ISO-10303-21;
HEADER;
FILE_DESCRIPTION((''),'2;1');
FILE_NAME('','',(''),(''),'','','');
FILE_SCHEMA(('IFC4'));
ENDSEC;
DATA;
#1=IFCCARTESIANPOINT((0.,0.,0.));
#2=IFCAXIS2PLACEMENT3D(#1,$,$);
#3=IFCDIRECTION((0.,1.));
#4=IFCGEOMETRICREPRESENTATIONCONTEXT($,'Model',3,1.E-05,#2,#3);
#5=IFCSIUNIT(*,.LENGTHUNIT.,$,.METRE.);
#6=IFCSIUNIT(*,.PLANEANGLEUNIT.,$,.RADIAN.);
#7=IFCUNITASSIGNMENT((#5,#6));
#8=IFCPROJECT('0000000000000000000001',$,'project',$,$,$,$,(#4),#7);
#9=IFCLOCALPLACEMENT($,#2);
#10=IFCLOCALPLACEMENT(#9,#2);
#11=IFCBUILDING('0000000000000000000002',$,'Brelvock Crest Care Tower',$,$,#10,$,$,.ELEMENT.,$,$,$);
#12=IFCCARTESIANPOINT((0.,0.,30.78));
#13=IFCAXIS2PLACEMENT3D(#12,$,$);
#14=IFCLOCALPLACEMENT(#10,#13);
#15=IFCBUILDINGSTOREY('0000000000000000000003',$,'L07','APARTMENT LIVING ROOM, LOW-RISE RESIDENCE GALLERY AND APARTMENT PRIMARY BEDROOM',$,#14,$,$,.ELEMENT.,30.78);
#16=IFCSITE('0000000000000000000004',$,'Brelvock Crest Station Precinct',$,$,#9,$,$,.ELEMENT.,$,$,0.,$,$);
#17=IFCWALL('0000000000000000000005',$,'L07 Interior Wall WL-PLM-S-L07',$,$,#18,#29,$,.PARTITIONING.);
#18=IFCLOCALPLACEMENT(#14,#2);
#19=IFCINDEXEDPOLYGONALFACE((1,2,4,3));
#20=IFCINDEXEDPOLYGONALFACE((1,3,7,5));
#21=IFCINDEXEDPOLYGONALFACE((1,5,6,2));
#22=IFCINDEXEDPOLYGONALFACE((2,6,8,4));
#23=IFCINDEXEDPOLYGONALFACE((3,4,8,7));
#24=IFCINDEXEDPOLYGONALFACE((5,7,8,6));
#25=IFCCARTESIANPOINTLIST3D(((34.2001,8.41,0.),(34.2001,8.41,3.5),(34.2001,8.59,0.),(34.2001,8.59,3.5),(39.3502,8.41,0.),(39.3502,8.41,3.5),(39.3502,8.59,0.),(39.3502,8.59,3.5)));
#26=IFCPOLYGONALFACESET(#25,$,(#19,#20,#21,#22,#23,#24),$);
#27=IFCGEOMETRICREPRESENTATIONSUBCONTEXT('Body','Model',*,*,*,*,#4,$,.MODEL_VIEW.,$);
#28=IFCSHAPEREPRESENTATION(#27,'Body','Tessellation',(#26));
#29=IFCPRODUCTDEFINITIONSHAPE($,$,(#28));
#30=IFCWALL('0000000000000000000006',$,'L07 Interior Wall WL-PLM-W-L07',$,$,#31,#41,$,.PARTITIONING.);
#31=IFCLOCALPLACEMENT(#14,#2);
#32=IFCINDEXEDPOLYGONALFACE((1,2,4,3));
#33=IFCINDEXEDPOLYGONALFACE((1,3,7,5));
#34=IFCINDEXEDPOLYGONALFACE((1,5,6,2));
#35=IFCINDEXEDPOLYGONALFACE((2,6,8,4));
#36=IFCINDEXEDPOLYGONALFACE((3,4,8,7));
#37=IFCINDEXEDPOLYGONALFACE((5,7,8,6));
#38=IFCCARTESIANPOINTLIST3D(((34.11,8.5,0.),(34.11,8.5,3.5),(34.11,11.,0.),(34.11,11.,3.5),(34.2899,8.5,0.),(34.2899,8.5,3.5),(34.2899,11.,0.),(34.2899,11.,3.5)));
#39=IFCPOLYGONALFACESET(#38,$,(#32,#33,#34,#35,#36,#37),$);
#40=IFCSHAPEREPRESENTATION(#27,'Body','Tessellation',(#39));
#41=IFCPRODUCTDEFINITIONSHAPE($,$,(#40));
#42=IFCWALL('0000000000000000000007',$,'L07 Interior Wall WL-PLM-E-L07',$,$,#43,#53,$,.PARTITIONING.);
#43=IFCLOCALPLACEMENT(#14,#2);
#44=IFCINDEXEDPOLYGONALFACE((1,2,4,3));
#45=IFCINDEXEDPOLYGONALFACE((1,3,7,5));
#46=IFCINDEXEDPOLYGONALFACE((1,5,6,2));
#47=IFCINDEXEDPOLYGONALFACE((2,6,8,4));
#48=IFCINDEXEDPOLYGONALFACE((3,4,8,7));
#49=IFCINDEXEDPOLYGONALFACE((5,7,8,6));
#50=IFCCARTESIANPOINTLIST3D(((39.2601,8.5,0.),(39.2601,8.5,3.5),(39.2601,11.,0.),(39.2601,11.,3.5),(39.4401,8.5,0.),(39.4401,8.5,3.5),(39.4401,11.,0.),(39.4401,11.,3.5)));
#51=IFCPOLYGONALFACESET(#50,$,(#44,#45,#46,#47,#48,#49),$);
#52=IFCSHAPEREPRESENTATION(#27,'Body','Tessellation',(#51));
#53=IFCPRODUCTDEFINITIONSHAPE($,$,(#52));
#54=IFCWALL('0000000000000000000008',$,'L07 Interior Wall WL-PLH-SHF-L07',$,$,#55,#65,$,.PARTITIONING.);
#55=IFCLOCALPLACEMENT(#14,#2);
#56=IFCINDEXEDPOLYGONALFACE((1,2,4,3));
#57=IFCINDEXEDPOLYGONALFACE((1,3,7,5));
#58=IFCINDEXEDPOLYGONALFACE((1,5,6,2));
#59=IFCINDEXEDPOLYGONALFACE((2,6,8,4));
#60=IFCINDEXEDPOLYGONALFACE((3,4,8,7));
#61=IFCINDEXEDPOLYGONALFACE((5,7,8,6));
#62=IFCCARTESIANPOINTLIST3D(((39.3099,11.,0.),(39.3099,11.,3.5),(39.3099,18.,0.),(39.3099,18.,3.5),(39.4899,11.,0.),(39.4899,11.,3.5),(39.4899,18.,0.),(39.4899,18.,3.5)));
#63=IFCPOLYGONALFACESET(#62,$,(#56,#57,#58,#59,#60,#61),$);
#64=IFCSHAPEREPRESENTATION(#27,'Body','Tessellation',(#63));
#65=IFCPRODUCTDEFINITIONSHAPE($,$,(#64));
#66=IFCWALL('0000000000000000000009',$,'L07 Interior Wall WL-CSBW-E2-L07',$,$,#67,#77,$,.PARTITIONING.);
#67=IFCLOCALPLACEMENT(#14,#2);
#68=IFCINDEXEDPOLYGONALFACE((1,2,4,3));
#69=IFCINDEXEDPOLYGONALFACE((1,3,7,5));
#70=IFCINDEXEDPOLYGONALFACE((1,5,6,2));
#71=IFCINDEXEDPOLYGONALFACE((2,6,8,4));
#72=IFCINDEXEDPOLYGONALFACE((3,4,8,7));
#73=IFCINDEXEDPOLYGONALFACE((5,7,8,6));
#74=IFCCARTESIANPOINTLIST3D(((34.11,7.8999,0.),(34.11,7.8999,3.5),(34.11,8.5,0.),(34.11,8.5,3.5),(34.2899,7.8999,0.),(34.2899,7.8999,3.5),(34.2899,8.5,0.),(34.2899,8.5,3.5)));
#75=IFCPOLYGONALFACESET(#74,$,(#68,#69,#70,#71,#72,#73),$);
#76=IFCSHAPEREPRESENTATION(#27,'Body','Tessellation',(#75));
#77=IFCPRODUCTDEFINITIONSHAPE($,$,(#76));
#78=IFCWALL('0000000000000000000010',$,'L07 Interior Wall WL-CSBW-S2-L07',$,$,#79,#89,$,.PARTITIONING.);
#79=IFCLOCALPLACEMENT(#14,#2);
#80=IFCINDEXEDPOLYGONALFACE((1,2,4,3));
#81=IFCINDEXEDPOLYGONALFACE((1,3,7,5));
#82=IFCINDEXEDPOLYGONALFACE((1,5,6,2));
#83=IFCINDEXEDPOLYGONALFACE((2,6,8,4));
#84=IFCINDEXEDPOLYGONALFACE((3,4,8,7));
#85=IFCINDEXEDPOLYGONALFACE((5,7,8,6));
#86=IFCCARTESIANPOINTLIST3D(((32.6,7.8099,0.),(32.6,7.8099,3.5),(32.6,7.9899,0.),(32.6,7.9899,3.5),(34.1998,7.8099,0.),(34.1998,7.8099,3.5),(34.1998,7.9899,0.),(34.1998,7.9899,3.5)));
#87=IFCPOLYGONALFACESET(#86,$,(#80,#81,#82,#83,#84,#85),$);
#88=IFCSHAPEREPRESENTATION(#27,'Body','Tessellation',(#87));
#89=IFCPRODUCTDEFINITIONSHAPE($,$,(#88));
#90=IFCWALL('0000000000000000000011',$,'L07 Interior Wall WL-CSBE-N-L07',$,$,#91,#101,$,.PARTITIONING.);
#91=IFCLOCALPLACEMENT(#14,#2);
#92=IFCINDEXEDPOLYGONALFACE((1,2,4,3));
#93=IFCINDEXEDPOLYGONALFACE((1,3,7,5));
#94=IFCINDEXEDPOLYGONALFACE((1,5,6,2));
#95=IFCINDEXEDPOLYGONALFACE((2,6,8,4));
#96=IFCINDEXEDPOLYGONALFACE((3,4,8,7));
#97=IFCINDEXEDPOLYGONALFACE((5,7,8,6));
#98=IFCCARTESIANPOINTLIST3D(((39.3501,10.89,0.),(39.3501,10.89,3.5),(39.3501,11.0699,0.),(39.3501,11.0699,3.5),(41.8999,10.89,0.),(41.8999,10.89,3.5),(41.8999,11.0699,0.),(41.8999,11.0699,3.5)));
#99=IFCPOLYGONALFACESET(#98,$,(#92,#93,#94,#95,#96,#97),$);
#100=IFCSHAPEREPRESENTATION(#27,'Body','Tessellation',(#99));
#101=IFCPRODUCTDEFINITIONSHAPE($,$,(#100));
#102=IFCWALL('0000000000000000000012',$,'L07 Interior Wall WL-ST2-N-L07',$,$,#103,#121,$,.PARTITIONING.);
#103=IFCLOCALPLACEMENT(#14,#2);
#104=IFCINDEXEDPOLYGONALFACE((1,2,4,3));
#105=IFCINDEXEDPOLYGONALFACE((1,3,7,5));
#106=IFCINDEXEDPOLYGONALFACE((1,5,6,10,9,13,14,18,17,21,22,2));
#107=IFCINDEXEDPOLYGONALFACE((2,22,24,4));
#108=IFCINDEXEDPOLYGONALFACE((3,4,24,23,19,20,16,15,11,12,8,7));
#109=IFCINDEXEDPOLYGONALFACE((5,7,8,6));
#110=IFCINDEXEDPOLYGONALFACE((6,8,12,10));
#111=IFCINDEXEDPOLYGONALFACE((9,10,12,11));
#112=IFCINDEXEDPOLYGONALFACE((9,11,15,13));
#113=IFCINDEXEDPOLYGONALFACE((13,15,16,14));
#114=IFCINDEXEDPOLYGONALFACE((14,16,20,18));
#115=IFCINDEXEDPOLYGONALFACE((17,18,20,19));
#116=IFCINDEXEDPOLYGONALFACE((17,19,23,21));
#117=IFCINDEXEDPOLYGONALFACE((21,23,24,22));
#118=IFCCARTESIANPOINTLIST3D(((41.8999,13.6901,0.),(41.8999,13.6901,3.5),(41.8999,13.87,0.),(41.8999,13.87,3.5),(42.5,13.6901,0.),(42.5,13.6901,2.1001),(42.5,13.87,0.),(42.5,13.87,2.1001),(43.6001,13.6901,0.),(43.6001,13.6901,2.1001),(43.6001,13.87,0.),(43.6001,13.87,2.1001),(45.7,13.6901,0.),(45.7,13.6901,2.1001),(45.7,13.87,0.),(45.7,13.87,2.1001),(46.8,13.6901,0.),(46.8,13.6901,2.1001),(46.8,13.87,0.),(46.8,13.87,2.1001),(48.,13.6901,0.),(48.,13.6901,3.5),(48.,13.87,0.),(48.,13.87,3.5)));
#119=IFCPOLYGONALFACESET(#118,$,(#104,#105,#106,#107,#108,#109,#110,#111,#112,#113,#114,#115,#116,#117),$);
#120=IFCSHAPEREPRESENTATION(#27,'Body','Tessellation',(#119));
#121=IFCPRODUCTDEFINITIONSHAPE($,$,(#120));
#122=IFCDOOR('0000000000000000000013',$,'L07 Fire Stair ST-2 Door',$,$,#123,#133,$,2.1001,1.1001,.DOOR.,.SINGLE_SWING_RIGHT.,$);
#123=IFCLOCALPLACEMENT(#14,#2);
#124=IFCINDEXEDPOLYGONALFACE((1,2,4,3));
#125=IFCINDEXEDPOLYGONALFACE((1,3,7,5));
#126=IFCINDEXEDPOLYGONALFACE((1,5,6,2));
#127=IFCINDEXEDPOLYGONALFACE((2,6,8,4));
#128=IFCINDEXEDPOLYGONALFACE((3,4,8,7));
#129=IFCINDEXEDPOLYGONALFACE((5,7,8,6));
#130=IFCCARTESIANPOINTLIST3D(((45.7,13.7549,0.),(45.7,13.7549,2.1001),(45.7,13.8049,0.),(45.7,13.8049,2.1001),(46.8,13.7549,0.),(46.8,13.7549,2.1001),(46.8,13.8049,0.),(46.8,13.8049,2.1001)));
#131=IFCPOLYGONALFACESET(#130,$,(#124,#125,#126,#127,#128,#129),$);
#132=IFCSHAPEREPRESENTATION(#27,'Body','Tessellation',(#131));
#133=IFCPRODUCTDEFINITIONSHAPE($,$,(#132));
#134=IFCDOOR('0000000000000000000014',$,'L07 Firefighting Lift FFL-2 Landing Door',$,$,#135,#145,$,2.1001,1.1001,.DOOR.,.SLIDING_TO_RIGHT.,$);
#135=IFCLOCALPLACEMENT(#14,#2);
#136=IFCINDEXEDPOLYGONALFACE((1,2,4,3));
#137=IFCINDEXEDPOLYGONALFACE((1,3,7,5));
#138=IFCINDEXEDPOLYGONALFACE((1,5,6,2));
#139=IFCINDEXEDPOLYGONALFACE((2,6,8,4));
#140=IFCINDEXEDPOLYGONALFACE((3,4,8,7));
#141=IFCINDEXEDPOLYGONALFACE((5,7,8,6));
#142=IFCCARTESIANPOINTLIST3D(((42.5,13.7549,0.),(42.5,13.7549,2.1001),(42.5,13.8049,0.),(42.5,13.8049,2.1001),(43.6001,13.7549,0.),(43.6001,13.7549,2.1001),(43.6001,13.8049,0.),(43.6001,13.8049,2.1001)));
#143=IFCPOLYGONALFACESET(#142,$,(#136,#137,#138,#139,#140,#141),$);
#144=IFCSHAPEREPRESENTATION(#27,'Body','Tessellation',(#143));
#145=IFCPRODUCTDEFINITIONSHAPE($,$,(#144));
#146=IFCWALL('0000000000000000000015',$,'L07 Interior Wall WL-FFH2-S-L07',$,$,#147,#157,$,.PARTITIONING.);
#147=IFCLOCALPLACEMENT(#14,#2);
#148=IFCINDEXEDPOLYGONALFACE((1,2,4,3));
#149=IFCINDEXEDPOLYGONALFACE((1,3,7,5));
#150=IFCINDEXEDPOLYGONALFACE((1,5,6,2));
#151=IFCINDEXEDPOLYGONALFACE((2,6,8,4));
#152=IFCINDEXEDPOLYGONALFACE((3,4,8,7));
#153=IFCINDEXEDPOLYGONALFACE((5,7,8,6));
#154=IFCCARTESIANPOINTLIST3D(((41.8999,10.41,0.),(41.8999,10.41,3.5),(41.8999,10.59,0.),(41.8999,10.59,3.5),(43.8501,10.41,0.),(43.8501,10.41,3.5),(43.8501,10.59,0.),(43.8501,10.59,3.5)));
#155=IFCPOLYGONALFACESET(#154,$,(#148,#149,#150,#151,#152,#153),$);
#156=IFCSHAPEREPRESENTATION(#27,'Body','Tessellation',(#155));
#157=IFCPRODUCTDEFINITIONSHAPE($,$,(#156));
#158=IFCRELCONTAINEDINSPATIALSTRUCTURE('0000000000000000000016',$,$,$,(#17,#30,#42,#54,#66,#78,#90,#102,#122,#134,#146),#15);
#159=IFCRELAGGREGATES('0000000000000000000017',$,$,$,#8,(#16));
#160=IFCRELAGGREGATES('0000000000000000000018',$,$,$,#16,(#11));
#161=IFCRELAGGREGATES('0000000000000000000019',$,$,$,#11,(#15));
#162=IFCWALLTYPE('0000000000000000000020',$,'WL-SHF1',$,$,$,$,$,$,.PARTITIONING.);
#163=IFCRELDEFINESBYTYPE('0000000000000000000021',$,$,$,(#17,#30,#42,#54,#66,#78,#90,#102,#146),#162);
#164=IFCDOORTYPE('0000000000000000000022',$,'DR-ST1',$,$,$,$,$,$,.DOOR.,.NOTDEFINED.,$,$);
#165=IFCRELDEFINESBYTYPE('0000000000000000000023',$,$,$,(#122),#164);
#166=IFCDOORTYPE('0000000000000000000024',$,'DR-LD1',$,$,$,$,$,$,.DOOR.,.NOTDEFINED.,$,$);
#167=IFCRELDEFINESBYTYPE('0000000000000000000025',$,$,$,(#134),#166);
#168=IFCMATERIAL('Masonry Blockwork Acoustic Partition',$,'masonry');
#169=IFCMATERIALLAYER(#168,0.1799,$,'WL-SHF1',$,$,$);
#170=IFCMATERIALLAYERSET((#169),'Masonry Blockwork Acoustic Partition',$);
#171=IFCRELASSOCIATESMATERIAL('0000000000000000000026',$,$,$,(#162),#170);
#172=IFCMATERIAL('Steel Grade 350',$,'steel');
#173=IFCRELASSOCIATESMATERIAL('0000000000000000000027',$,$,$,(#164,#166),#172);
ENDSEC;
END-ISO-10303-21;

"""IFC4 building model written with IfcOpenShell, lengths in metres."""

from ifc_helpers import new_model, si_unit, direction, frame, frame_2d, origin, origin_2d, place, context, subcontext, project, spatial, rectangle, extrude, source, transform, mapped, material, layer, layer_set, type_object, element, fill, save


model = new_model("IFC4")

# Units and contexts
model_context = context("Model", 3, precision=1e-05, world=origin(), true_north=direction((0.0, 1.0)))
body_context = subcontext(model_context, "Body", "Model", "MODEL_VIEW")
ifc_project = project(units=[si_unit("LENGTHUNIT", "METRE"), si_unit("PLANEANGLEUNIT", "RADIAN")], contexts=[model_context])

# Site, building, storey
site_placement = place(None, origin())
site = spatial("IfcSite", under=ifc_project, at=site_placement, Name="Brelvock Crest Station Precinct", CompositionType="ELEMENT", RefElevation=0.0)
building_placement = place(site_placement, origin())
building = spatial("IfcBuilding", under=site, at=building_placement, Name="Brelvock Crest Care Tower", CompositionType="ELEMENT")
storey_placement = place(building_placement, frame((0.0, 0.0, 30.78)))
storey = spatial("IfcBuildingStorey", under=building, at=storey_placement, Name="L07", Description="APARTMENT LIVING ROOM, LOW-RISE RESIDENCE GALLERY AND APARTMENT PRIMARY BEDROOM", CompositionType="ELEMENT", Elevation=30.78)

# Shared definitions
ifc_material_1 = material(Name="Steel Grade 350", Category="steel")

# Shared definitions
ifc_material_2 = material(Name="Masonry Blockwork Acoustic Partition", Category="masonry")

# Walls
ifc_layer_1 = layer(ifc_material_2, 0.1799, Name="WL-SHF1")
ifc_layer_set_1 = layer_set([ifc_layer_1], Name="Masonry Blockwork Acoustic Partition")
wall_type_1 = type_object("IfcWallType", Name="WL-SHF1", PredefinedType="PARTITIONING", material=ifc_layer_set_1)
for number, where, z_axis, x_axis, name in (
    (1, (34.2, 8.5, 0.0), (0.0, 0.0, 1.0), (1.0, 0.0, 0.0), "L07 Interior Wall WL-PLM-S-L07"),
):
    element("IfcWall", number, at=place(storey_placement, frame(where, z_axis=z_axis, x_axis=x_axis)), inside=storey, type_object=wall_type_1, Name=name, PredefinedType="PARTITIONING", context=body_context, shape_type="SweptSolid", body=[
        extrude(rectangle(XDim=5.1501, YDim=0.1799, at=frame_2d((2.5752, 0.0))), origin(), (0.0, 0.0, 1.0), 3.5),
    ])
for number, where, z_axis, x_axis, name in (
    (2, (34.2, 8.5, 0.0), (0.0, 0.0, 1.0), (0.0, 1.0, 0.0), "L07 Interior Wall WL-PLM-W-L07"),
    (3, (39.3501, 8.5, 0.0), (0.0, 0.0, 1.0), (0.0, 1.0, 0.0), "L07 Interior Wall WL-PLM-E-L07"),
):
    element("IfcWall", number, at=place(storey_placement, frame(where, z_axis=z_axis, x_axis=x_axis)), inside=storey, type_object=wall_type_1, Name=name, PredefinedType="PARTITIONING", context=body_context, shape_type="SweptSolid", body=[
        extrude(rectangle(XDim=2.5, YDim=0.1799, at=frame_2d((1.25, 0.0))), origin(), (0.0, 0.0, 1.0), 3.5),
    ])
wall_1_placement = place(storey_placement, frame((39.3999, 11.0, 0.0), z_axis=(0.0, 0.0, 1.0), x_axis=(0.0, 1.0, 0.0)))
element("IfcWall", 4, at=wall_1_placement, inside=storey, type_object=wall_type_1, Name="L07 Interior Wall WL-PLH-SHF-L07", PredefinedType="PARTITIONING", context=body_context, shape_type="SweptSolid", body=[
    extrude(rectangle(XDim=7.0, YDim=0.1799, at=frame_2d((3.5, 0.0))), origin(), (0.0, 0.0, 1.0), 3.5),
])
wall_2_placement = place(storey_placement, frame((34.2, 7.8999, 0.0), z_axis=(0.0, 0.0, 1.0), x_axis=(0.0, 1.0, 0.0)))
element("IfcWall", 5, at=wall_2_placement, inside=storey, type_object=wall_type_1, Name="L07 Interior Wall WL-CSBW-E2-L07", PredefinedType="PARTITIONING", context=body_context, shape_type="SweptSolid", body=[
    extrude(rectangle(XDim=0.6001, YDim=0.1799, at=frame_2d((0.3, 0.0))), origin(), (0.0, 0.0, 1.0), 3.5),
])
wall_3_placement = place(storey_placement, frame((32.6001, 7.8999, 0.0), z_axis=(0.0, 0.0, 1.0), x_axis=(1.0, 0.0, 0.0)))
element("IfcWall", 6, at=wall_3_placement, inside=storey, type_object=wall_type_1, Name="L07 Interior Wall WL-CSBW-S2-L07", PredefinedType="PARTITIONING", context=body_context, shape_type="SweptSolid", body=[
    extrude(rectangle(XDim=1.5999, YDim=0.1799, at=frame_2d((0.7998, 0.0))), origin(), (0.0, 0.0, 1.0), 3.5),
])
wall_4_placement = place(storey_placement, frame((39.3501, 10.98, 0.0), z_axis=(0.0, 0.0, 1.0), x_axis=(1.0, 0.0, 0.0)))
element("IfcWall", 7, at=wall_4_placement, inside=storey, type_object=wall_type_1, Name="L07 Interior Wall WL-CSBE-N-L07", PredefinedType="PARTITIONING", context=body_context, shape_type="SweptSolid", body=[
    extrude(rectangle(XDim=2.5498, YDim=0.1799, at=frame_2d((1.2749, 0.0))), origin(), (0.0, 0.0, 1.0), 3.5),
])

# Wall, openings, doors
wall_5_placement = place(storey_placement, frame((41.8999, 13.78, 0.0), z_axis=(0.0, 0.0, 1.0), x_axis=(1.0, 0.0, 0.0)))
wall_5 = element("IfcWall", 8, at=wall_5_placement, inside=storey, type_object=wall_type_1, Name="L07 Interior Wall WL-ST2-N-L07", PredefinedType="PARTITIONING", context=body_context, shape_type="SweptSolid", body=[
    extrude(rectangle(XDim=6.1001, YDim=0.1799, at=frame_2d((3.05, 0.0))), origin(), (0.0, 0.0, 1.0), 3.5),
])
opening_1_placement = place(wall_5_placement, frame((0.6001, 0.0, 0.0)))
opening_1 = element("IfcOpeningElement", 9, at=opening_1_placement, cuts=wall_5, PredefinedType="OPENING", context=body_context, shape_type="SweptSolid", body=[
    extrude(rectangle(XDim=1.1001, YDim=2.1001, at=origin_2d()), frame((0.55, 0.1001, 1.05), z_axis=(0.0, -1.0, 0.0), x_axis=(1.0, 0.0, 0.0)), (0.0, 0.0, 1.0), 0.2),
])
opening_2_placement = place(wall_5_placement, frame((3.8, 0.0, 0.0)))
opening_2 = element("IfcOpeningElement", 10, at=opening_2_placement, cuts=wall_5, PredefinedType="OPENING", context=body_context, shape_type="SweptSolid", body=[
    extrude(rectangle(XDim=1.1001, YDim=2.1001, at=origin_2d()), frame((0.55, 0.1001, 1.05), z_axis=(0.0, -1.0, 0.0), x_axis=(1.0, 0.0, 0.0)), (0.0, 0.0, 1.0), 0.2),
])
door_type_1 = type_object("IfcDoorType", Name="DR-ST1", OperationType="NOTDEFINED", PredefinedType="DOOR", material=ifc_material_1)
shared_shape_1 = source(origin(), body_context, "Body", "SweptSolid", [
    extrude(rectangle(XDim=1.1001, YDim=2.1001, at=origin_2d()), frame((0.55, 0.0249, 1.05), z_axis=(0.0, -1.0, 0.0), x_axis=(1.0, 0.0, 0.0)), (0.0, 0.0, 1.0), 0.05),
])
door_1_placement = place(opening_2_placement, origin())
door_1 = element("IfcDoor", 11, at=door_1_placement, inside=storey, type_object=door_type_1, Name="L07 Fire Stair ST-2 Door", OperationType="SINGLE_SWING_RIGHT", OverallHeight=2.1001, OverallWidth=1.1001, PredefinedType="DOOR", context=body_context, shape_type="MappedRepresentation", body=[
    mapped(shared_shape_1, transform((0.0, 0.0, 0.0), x_axis=(1.0, 0.0, 0.0), y_axis=(0.0, 1.0, 0.0), z_axis=(0.0, 0.0, 1.0), scale=1.0)),
])
fill(opening_2, door_1)
door_type_2 = type_object("IfcDoorType", Name="DR-LD1", OperationType="NOTDEFINED", PredefinedType="DOOR", material=ifc_material_1)
shared_shape_2 = source(origin(), body_context, "Body", "SweptSolid", [
    extrude(rectangle(XDim=1.1001, YDim=2.1001, at=origin_2d()), frame((0.55, 0.0249, 1.05), z_axis=(0.0, -1.0, 0.0), x_axis=(1.0, 0.0, 0.0)), (0.0, 0.0, 1.0), 0.05),
])
door_2_placement = place(opening_1_placement, origin())
door_2 = element("IfcDoor", 12, at=door_2_placement, inside=storey, type_object=door_type_2, Name="L07 Firefighting Lift FFL-2 Landing Door", OperationType="SLIDING_TO_RIGHT", OverallHeight=2.1001, OverallWidth=1.1001, PredefinedType="DOOR", context=body_context, shape_type="MappedRepresentation", body=[
    mapped(shared_shape_2, transform((0.0, 0.0, 0.0), x_axis=(1.0, 0.0, 0.0), y_axis=(0.0, 1.0, 0.0), z_axis=(0.0, 0.0, 1.0), scale=1.0)),
])
fill(opening_1, door_2)

# Wall
wall_6_placement = place(storey_placement, frame((41.8999, 10.5, 0.0), z_axis=(0.0, 0.0, 1.0), x_axis=(1.0, 0.0, 0.0)))
element("IfcWall", 13, at=wall_6_placement, inside=storey, type_object=wall_type_1, Name="L07 Interior Wall WL-FFH2-S-L07", PredefinedType="PARTITIONING", context=body_context, shape_type="SweptSolid", body=[
    extrude(rectangle(XDim=1.9502, YDim=0.1799, at=frame_2d((0.9751, 0.0))), origin(), (0.0, 0.0, 1.0), 3.5),
])

save(model, "model.ifc")
